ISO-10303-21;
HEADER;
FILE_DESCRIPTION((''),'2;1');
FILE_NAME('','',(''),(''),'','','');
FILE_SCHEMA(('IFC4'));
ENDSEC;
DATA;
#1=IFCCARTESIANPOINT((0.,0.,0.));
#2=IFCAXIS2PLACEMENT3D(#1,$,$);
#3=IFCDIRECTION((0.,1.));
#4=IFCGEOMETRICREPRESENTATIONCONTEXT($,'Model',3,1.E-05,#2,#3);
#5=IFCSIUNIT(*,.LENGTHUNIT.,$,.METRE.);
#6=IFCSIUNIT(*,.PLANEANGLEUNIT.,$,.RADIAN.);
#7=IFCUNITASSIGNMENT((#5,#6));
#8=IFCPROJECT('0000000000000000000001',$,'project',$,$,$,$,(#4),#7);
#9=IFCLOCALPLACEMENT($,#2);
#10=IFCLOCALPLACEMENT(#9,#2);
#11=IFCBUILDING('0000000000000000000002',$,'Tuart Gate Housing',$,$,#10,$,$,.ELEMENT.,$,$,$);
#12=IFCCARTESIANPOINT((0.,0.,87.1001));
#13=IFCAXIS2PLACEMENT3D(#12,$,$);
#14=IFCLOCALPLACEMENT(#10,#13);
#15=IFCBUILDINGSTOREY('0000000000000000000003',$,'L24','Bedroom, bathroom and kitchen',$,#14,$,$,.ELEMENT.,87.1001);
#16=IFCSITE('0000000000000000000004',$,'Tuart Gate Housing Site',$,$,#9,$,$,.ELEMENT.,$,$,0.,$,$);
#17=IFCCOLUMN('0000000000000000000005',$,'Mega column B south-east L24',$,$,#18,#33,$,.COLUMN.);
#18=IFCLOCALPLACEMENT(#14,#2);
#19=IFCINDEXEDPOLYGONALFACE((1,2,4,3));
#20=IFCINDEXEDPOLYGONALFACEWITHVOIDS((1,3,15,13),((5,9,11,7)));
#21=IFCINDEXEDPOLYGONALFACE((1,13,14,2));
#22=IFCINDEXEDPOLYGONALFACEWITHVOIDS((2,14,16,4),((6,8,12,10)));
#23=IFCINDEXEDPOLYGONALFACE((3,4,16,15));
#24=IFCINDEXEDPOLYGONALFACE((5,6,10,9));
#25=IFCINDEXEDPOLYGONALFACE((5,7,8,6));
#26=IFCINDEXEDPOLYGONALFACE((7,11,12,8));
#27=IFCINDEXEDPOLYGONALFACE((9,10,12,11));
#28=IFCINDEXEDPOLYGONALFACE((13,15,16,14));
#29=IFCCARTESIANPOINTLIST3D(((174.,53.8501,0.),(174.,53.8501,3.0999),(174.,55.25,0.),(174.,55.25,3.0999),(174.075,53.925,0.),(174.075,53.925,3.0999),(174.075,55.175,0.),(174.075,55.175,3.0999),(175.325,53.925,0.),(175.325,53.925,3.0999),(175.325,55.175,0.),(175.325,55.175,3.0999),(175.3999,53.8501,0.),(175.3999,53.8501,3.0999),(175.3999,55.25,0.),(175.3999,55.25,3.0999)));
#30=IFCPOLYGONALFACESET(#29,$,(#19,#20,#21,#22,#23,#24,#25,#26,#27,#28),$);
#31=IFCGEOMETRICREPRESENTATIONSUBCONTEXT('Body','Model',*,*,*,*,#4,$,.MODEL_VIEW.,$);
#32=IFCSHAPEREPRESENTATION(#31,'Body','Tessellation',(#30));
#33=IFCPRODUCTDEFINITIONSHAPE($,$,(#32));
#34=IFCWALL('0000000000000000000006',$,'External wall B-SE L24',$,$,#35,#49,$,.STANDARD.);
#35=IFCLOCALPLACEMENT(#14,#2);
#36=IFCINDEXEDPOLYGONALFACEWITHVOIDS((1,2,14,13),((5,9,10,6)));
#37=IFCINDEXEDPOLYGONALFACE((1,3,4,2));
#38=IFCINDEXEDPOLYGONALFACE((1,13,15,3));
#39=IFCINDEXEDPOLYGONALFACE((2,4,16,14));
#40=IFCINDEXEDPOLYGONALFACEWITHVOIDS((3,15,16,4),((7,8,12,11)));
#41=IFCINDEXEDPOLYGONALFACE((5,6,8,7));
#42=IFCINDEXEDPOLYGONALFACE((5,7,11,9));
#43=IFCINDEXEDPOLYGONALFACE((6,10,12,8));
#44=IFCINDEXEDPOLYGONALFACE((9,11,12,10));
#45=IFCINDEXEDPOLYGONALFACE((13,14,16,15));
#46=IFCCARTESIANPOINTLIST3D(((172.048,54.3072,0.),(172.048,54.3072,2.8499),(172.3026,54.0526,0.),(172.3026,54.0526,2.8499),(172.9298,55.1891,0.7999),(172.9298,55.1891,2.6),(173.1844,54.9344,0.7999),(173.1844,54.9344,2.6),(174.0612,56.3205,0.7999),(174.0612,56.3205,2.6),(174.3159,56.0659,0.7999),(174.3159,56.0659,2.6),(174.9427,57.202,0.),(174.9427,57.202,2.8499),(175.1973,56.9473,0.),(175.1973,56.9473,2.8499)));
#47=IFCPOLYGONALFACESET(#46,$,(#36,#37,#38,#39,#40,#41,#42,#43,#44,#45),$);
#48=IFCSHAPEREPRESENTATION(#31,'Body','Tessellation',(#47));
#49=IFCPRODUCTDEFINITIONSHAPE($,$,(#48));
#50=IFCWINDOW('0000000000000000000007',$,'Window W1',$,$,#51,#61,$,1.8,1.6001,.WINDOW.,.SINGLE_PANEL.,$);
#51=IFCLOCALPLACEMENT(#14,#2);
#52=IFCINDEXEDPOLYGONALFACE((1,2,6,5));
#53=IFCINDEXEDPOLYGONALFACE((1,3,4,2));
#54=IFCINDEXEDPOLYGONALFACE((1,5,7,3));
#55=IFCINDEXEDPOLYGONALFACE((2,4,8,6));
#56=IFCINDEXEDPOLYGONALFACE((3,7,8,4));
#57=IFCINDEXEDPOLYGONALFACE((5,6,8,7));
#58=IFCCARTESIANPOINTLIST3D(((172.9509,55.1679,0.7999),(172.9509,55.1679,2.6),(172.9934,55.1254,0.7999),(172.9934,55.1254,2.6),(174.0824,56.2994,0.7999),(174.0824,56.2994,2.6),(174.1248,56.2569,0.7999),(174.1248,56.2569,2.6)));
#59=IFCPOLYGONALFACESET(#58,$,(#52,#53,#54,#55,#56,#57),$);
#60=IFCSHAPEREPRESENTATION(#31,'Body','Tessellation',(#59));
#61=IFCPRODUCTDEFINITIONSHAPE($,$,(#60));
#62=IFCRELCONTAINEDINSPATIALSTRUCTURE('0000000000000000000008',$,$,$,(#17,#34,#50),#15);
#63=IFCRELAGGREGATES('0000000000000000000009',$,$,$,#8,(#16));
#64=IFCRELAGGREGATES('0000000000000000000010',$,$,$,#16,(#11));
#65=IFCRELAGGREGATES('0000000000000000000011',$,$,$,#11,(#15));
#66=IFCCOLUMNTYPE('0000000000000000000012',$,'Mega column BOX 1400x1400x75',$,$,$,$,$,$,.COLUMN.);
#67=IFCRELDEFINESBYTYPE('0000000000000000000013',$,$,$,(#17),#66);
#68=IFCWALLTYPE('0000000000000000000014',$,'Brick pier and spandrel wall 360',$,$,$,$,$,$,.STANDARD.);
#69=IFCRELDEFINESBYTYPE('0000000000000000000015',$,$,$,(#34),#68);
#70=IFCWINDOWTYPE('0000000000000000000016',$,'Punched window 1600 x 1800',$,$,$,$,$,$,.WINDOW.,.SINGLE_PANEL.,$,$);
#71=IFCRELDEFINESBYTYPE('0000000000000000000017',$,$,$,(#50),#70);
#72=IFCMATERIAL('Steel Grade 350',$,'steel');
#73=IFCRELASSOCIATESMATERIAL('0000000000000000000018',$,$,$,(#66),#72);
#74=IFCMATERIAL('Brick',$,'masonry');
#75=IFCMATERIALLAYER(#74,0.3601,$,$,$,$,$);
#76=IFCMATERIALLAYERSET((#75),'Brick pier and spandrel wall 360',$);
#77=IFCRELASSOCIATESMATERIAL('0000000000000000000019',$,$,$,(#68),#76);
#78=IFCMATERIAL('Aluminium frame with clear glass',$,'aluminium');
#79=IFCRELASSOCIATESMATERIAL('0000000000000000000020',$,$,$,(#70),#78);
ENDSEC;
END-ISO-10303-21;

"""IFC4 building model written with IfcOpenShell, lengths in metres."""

from ifc_helpers import new_model, si_unit, direction, frame, frame_2d, origin, origin_2d, place, context, subcontext, project, spatial, rectangle, hollow_rectangle, extrude, material, layer, layer_set, material_profile, profile_set, type_object, element, fill, save


model = new_model("IFC4")

# Units and contexts
model_context = context("Model", 3, precision=1e-05, world=origin(), true_north=direction((0.0, 1.0)))
body_context = subcontext(model_context, "Body", "Model", "MODEL_VIEW")
ifc_project = project(units=[si_unit("LENGTHUNIT", "METRE"), si_unit("PLANEANGLEUNIT", "RADIAN")], contexts=[model_context])

# Site, building, storey
site_placement = place(None, origin())
site = spatial("IfcSite", under=ifc_project, at=site_placement, Name="Tuart Gate Housing Site", CompositionType="ELEMENT", RefElevation=0.0)
building_placement = place(site_placement, origin())
building = spatial("IfcBuilding", under=site, at=building_placement, Name="Tuart Gate Housing", CompositionType="ELEMENT")
storey_placement = place(building_placement, frame((0.0, 0.0, 87.1001)))
storey = spatial("IfcBuildingStorey", under=building, at=storey_placement, Name="L24", Description="Bedroom, bathroom and kitchen", CompositionType="ELEMENT", Elevation=87.1001)

# Column
ifc_material_1 = material(Name="Steel Grade 350", Category="steel")
ifc_material_profile = material_profile(ifc_material_1, hollow_rectangle(XDim=1.3999, YDim=1.3999, WallThickness=0.075, at=origin_2d()), Name="BOX 1400x1400x75")
ifc_profile_set = profile_set([ifc_material_profile], Name="Steel Grade 350")
column_type = type_object("IfcColumnType", Name="Mega column BOX 1400x1400x75", PredefinedType="COLUMN", material=ifc_profile_set)
column_placement = place(storey_placement, frame((174.7, 54.55, 0.0), z_axis=(0.0, 0.0, 1.0), x_axis=(1.0, 0.0, 0.0)))
element("IfcColumn", 1, at=column_placement, inside=storey, type_object=column_type, Name="Mega column B south-east L24", PredefinedType="COLUMN", context=body_context, shape_type="SweptSolid", body=[
    extrude(hollow_rectangle(XDim=1.3999, YDim=1.3999, WallThickness=0.075, at=origin_2d()), origin(), (0.0, 0.0, 1.0), 3.0999),
])

# Wall, opening, window
ifc_material_2 = material(Name="Brick", Category="masonry")
ifc_layer_1 = layer(ifc_material_2, 0.3601)
ifc_layer_set_1 = layer_set([ifc_layer_1], Name="Brick pier and spandrel wall 360")
wall_type_1 = type_object("IfcWallType", Name="Brick pier and spandrel wall 360", PredefinedType="STANDARD", material=ifc_layer_set_1)
wall_1_placement = place(storey_placement, frame((172.1753, 54.1799, 0.0), z_axis=(0.0, 0.0, 1.0), x_axis=(0.707107, 0.707107, 0.0)))
wall_1 = element("IfcWall", 2, at=wall_1_placement, inside=storey, type_object=wall_type_1, Name="External wall B-SE L24", PredefinedType="STANDARD", context=body_context, shape_type="SweptSolid", body=[
    extrude(rectangle(XDim=4.0938, YDim=0.3601, at=frame_2d((2.0469, 0.0))), origin(), (0.0, 0.0, 1.0), 2.8499),
])
opening_1_placement = place(wall_1_placement, frame((1.2471, 0.0, 0.8)))
opening_1 = element("IfcOpeningElement", 3, at=opening_1_placement, cuts=wall_1, PredefinedType="OPENING", context=body_context, shape_type="SweptSolid", body=[
    extrude(rectangle(XDim=1.6001, YDim=1.8, at=frame_2d((0.8, 0.8999))), frame((0.0, 0.1899, 0.0), z_axis=(0.0, -1.0, 0.0), x_axis=(1.0, 0.0, 0.0)), (0.0, 0.0, 1.0), 0.3801),
])
ifc_material_3 = material(Name="Aluminium frame with clear glass", Category="aluminium")
window_type = type_object("IfcWindowType", Name="Punched window 1600 x 1800", PartitioningType="SINGLE_PANEL", PredefinedType="WINDOW", material=ifc_material_3)
window_1_placement = place(opening_1_placement, origin())
window_1 = element("IfcWindow", 4, at=window_1_placement, inside=storey, type_object=window_type, Name="Window W1", OverallHeight=1.8, OverallWidth=1.6001, PartitioningType="SINGLE_PANEL", PredefinedType="WINDOW", context=body_context, shape_type="SweptSolid", body=[
    extrude(rectangle(XDim=1.6001, YDim=1.8, at=frame_2d((0.8, 0.8999))), frame((0.0, 0.1501, 0.0), z_axis=(0.0, -1.0, 0.0), x_axis=(1.0, 0.0, 0.0)), (0.0, 0.0, 1.0), 0.0601),
])
fill(opening_1, window_1)

save(model, "model.ifc")
